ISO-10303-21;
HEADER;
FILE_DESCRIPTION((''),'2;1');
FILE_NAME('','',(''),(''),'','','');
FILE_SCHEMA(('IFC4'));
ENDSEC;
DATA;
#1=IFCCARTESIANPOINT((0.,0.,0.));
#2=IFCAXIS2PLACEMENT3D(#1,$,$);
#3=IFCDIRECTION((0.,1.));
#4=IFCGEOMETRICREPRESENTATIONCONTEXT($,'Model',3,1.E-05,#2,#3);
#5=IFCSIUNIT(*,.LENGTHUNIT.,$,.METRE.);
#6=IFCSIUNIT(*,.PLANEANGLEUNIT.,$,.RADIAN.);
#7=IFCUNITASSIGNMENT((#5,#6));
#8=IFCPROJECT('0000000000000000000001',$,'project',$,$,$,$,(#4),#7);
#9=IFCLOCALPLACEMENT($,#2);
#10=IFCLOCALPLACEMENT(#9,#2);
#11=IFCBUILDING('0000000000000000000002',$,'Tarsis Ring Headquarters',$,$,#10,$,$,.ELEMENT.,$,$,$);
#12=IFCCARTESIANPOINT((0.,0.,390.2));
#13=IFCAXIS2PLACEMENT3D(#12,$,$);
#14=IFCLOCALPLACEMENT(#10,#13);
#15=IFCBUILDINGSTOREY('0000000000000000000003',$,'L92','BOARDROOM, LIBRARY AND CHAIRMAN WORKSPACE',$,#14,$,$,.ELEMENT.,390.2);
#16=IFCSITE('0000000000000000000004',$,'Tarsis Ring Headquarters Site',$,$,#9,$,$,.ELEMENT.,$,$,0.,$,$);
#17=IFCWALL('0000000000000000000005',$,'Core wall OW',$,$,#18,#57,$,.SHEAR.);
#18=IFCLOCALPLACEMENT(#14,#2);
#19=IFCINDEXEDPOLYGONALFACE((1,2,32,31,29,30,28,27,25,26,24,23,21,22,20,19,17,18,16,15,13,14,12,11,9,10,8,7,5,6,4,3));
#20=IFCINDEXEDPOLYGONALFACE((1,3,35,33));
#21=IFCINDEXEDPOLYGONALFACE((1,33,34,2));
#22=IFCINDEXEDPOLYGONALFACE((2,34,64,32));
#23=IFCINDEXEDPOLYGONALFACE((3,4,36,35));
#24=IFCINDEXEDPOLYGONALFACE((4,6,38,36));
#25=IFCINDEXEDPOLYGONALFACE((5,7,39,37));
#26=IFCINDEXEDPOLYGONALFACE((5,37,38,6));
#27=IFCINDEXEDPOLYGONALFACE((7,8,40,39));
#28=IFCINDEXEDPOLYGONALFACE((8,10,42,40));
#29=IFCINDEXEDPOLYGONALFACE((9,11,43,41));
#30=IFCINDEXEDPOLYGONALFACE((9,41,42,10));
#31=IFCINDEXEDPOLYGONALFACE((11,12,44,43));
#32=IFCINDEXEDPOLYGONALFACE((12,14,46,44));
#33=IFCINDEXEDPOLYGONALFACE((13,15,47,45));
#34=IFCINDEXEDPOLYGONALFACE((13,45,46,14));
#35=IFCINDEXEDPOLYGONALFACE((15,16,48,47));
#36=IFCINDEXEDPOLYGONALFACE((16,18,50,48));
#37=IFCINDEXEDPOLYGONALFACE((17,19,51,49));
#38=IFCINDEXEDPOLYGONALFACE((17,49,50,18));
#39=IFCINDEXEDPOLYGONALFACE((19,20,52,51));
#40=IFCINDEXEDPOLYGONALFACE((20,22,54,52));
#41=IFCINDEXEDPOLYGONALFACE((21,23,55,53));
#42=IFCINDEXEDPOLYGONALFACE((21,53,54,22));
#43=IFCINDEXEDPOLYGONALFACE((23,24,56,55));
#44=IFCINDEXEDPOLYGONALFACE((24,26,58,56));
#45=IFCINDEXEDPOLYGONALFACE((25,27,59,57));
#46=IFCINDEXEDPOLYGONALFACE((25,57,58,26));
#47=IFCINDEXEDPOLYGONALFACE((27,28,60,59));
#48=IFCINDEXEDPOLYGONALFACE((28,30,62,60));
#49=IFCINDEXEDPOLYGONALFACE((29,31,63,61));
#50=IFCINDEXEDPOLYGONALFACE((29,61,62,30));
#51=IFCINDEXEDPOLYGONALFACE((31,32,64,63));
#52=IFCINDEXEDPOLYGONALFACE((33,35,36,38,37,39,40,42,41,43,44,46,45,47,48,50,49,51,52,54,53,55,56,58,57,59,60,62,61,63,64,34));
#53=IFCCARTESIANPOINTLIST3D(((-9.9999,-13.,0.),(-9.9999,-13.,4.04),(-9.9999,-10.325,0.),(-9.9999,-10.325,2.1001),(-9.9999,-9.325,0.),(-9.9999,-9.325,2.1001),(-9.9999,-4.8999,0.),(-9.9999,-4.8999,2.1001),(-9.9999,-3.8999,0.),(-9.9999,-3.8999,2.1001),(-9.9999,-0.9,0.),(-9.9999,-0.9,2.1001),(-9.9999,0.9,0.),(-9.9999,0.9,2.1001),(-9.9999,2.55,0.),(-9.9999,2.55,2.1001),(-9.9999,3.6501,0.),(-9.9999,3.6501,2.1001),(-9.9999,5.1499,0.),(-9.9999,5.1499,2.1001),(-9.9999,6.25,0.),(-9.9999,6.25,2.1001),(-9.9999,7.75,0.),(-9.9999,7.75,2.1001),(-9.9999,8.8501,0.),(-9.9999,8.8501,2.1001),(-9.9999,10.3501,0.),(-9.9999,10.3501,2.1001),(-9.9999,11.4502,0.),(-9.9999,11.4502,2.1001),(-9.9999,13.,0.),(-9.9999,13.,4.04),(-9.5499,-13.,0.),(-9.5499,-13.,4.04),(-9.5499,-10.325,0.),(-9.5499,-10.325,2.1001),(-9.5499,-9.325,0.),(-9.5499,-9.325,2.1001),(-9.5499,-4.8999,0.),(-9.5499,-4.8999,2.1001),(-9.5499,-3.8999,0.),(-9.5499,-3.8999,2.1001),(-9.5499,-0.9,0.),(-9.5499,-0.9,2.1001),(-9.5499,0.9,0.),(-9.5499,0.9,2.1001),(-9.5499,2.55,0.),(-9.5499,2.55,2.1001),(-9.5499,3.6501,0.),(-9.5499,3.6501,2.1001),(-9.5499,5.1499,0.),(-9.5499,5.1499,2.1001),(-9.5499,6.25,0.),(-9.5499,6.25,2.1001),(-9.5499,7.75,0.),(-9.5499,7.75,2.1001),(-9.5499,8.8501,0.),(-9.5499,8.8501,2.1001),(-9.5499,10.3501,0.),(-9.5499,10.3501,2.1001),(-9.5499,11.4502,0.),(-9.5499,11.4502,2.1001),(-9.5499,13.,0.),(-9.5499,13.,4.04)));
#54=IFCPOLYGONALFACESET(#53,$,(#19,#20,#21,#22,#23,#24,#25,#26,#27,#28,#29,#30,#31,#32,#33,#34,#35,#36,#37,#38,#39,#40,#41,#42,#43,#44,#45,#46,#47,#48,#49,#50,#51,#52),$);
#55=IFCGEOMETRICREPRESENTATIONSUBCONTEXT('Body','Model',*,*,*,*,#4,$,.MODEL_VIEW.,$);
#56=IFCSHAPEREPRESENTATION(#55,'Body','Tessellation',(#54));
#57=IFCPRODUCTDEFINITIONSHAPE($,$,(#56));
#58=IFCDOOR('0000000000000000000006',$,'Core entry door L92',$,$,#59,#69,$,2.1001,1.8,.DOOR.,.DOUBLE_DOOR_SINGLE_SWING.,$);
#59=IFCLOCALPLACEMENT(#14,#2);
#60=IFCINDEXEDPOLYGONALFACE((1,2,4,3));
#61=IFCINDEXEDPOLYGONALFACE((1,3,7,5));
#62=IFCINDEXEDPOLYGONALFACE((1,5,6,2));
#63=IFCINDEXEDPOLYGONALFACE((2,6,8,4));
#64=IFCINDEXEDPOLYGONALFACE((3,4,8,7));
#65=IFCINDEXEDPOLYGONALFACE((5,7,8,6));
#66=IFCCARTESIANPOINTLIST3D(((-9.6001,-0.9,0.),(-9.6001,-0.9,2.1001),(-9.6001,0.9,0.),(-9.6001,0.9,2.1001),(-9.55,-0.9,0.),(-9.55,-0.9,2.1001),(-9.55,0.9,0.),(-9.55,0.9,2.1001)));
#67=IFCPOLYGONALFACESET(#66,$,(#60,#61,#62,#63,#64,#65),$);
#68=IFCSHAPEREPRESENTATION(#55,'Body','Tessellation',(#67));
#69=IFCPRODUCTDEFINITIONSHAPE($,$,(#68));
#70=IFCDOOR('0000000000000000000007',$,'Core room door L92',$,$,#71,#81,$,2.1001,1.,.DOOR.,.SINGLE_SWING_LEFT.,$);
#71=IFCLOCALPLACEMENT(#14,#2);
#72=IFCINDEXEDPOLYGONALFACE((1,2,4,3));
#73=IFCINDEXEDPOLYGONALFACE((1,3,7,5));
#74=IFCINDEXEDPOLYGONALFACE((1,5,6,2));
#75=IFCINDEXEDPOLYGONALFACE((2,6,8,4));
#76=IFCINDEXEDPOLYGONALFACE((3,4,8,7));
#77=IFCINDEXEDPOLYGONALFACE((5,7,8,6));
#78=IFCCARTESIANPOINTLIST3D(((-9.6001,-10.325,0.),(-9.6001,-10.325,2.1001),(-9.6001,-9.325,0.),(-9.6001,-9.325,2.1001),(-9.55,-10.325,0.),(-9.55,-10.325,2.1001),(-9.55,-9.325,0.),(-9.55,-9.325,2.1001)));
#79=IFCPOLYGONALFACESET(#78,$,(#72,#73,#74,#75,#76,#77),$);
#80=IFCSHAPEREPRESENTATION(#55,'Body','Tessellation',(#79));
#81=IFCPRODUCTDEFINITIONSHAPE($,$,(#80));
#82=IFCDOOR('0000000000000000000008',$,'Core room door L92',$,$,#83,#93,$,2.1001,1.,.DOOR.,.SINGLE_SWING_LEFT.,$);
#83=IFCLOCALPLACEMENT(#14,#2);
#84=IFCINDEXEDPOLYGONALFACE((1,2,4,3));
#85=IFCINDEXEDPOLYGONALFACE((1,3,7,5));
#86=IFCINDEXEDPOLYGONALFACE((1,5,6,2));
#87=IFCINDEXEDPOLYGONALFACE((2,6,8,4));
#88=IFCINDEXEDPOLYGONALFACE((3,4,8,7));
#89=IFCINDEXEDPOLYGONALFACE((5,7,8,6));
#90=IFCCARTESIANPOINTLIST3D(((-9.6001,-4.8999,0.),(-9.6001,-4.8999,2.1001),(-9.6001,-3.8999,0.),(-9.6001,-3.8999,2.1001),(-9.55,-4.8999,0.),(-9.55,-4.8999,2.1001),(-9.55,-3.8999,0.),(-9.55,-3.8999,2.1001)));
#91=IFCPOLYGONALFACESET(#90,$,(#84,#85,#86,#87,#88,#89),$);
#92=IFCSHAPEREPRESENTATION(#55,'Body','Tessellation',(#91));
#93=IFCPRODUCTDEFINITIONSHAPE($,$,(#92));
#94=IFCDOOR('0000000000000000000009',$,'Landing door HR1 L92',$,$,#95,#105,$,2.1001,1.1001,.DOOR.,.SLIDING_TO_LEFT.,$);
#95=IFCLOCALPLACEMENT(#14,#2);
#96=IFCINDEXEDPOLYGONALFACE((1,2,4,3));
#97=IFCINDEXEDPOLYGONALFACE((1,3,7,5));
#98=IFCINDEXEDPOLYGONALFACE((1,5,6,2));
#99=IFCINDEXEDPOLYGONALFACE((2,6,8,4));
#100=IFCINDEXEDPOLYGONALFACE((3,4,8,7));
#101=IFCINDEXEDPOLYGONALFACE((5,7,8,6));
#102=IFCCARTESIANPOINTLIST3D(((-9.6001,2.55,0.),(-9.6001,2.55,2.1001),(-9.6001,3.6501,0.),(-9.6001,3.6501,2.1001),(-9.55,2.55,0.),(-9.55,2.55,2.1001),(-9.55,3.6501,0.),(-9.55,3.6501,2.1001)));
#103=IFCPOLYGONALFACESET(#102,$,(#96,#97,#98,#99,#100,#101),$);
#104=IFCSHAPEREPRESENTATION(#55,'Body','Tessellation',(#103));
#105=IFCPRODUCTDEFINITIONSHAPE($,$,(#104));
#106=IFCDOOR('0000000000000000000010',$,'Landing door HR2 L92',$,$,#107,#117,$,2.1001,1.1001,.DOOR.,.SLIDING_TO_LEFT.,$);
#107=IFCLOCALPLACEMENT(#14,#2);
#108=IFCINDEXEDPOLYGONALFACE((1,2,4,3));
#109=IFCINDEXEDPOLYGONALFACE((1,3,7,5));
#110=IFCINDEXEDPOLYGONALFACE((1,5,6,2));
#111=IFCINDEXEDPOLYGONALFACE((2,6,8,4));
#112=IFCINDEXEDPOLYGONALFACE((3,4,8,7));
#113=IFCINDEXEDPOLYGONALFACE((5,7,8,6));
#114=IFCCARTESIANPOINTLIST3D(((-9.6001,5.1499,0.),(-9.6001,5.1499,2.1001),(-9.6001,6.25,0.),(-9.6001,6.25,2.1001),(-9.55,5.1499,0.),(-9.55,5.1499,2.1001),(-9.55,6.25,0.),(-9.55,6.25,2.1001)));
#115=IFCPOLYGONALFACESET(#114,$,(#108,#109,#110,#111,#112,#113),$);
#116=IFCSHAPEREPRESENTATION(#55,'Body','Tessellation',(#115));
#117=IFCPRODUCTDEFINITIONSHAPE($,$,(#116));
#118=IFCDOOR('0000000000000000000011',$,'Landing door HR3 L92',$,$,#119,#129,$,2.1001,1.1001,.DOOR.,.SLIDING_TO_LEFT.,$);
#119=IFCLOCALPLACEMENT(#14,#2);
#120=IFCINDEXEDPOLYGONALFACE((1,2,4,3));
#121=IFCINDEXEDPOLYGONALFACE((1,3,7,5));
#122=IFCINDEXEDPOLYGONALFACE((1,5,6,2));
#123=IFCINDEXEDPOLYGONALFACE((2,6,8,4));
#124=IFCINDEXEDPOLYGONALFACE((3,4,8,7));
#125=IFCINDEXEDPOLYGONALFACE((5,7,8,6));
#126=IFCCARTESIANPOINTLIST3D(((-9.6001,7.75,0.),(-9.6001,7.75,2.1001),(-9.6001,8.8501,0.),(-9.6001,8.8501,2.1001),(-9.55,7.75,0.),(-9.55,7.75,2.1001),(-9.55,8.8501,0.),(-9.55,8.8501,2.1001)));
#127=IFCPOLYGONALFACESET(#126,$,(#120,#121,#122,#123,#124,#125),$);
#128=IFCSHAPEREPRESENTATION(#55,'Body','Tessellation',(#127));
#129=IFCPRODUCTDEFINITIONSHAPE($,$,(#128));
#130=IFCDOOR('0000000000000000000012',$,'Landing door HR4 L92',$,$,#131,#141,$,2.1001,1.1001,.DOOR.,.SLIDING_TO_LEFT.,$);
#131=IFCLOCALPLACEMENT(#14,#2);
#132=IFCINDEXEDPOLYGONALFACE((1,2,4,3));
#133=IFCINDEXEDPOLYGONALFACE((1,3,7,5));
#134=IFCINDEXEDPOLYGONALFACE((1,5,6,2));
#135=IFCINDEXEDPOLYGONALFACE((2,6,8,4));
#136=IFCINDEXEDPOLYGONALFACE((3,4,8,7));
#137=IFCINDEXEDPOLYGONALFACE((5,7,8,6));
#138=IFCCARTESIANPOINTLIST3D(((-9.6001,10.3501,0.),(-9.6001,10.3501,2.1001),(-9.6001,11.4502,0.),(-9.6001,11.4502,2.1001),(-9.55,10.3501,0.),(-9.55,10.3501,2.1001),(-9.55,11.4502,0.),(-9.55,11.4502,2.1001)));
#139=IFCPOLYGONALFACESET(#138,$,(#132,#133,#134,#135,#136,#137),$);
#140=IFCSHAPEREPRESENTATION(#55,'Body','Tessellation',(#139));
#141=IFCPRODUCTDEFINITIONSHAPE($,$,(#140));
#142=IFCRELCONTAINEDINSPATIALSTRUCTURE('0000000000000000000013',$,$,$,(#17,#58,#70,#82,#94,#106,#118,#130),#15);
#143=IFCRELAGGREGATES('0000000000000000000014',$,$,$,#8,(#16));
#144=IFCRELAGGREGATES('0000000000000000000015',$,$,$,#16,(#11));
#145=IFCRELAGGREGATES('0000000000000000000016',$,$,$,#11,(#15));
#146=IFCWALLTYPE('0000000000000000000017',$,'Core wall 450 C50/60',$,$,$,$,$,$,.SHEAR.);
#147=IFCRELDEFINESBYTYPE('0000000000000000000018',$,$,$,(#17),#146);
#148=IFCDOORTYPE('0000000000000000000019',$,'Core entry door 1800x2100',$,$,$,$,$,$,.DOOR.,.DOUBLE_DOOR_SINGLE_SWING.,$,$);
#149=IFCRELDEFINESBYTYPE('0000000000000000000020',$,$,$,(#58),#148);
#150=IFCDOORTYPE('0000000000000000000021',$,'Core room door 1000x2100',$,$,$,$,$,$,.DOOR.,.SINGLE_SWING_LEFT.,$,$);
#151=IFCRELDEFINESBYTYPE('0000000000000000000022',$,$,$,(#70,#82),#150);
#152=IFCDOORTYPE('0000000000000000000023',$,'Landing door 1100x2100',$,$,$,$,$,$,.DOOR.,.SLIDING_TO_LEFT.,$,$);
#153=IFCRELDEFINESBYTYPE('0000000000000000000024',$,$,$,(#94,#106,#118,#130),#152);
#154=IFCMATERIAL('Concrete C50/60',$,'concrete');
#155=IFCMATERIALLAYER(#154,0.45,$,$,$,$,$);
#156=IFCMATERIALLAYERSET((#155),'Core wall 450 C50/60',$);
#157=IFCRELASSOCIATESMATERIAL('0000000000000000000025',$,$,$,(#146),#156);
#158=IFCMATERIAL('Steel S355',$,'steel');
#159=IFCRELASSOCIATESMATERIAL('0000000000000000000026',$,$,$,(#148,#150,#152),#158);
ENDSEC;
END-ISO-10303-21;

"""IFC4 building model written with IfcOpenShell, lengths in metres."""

from ifc_helpers import new_model, si_unit, direction, frame, frame_2d, origin, place, context, subcontext, project, spatial, rectangle, extrude, material, layer, layer_set, type_object, element, fill, save


model = new_model("IFC4")

# Units and contexts
model_context = context("Model", 3, precision=1e-05, world=origin(), true_north=direction((0.0, 1.0)))
body_context = subcontext(model_context, "Body", "Model", "MODEL_VIEW")
ifc_project = project(units=[si_unit("LENGTHUNIT", "METRE"), si_unit("PLANEANGLEUNIT", "RADIAN")], contexts=[model_context])

# Site, building, storey
site_placement = place(None, origin())
site = spatial("IfcSite", under=ifc_project, at=site_placement, Name="Tarsis Ring Headquarters Site", CompositionType="ELEMENT", RefElevation=0.0)
building_placement = place(site_placement, origin())
building = spatial("IfcBuilding", under=site, at=building_placement, Name="Tarsis Ring Headquarters", CompositionType="ELEMENT")
storey_placement = place(building_placement, frame((0.0, 0.0, 390.2)))
storey = spatial("IfcBuildingStorey", under=building, at=storey_placement, Name="L92", Description="BOARDROOM, LIBRARY AND CHAIRMAN WORKSPACE", CompositionType="ELEMENT", Elevation=390.2)

# Wall, openings, doors
ifc_material_1 = material(Name="Concrete C50/60", Category="concrete")
ifc_layer_1 = layer(ifc_material_1, 0.45)
ifc_layer_set_1 = layer_set([ifc_layer_1], Name="Core wall 450 C50/60")
wall_type_1 = type_object("IfcWallType", Name="Core wall 450 C50/60", PredefinedType="SHEAR", material=ifc_layer_set_1)
wall_1_placement = place(storey_placement, frame((-9.7749, -13.0, 0.0), z_axis=(0.0, 0.0, 1.0), x_axis=(0.0, 1.0, 0.0)))
wall_1 = element("IfcWall", 1, at=wall_1_placement, inside=storey, type_object=wall_type_1, Name="Core wall OW", PredefinedType="SHEAR", context=body_context, shape_type="SweptSolid", body=[
    extrude(rectangle(XDim=26.0, YDim=0.45, at=frame_2d((13.0, 0.0))), origin(), (0.0, 0.0, 1.0), 4.04),
])
opening_1_placement = place(wall_1_placement, frame((2.675, 0.0, 0.0)))
opening_1 = element("IfcOpeningElement", 2, at=opening_1_placement, cuts=wall_1, PredefinedType="OPENING", context=body_context, shape_type="SweptSolid", body=[
    extrude(rectangle(XDim=1.0, YDim=2.1001, at=frame_2d((0.5, 1.05))), frame((0.0, 0.2349, 0.0), z_axis=(0.0, -1.0, 0.0), x_axis=(1.0, 0.0, 0.0)), (0.0, 0.0, 1.0), 0.47),
])
opening_2_placement = place(wall_1_placement, frame((8.1001, 0.0, 0.0)))
opening_2 = element("IfcOpeningElement", 3, at=opening_2_placement, cuts=wall_1, PredefinedType="OPENING", context=body_context, shape_type="SweptSolid", body=[
    extrude(rectangle(XDim=1.0, YDim=2.1001, at=frame_2d((0.5, 1.05))), frame((0.0, 0.2349, 0.0), z_axis=(0.0, -1.0, 0.0), x_axis=(1.0, 0.0, 0.0)), (0.0, 0.0, 1.0), 0.47),
])
opening_3_placement = place(wall_1_placement, frame((12.1001, 0.0, 0.0)))
opening_3 = element("IfcOpeningElement", 4, at=opening_3_placement, cuts=wall_1, PredefinedType="OPENING", context=body_context, shape_type="SweptSolid", body=[
    extrude(rectangle(XDim=1.8, YDim=2.1001, at=frame_2d((0.8999, 1.05))), frame((0.0, 0.2349, 0.0), z_axis=(0.0, -1.0, 0.0), x_axis=(1.0, 0.0, 0.0)), (0.0, 0.0, 1.0), 0.47),
])
opening_4_placement = place(wall_1_placement, frame((15.55, 0.0, 0.0)))
opening_4 = element("IfcOpeningElement", 5, at=opening_4_placement, cuts=wall_1, PredefinedType="OPENING", context=body_context, shape_type="SweptSolid", body=[
    extrude(rectangle(XDim=1.1001, YDim=2.1001, at=frame_2d((0.55, 1.05))), frame((0.0, 0.2349, 0.0), z_axis=(0.0, -1.0, 0.0), x_axis=(1.0, 0.0, 0.0)), (0.0, 0.0, 1.0), 0.47),
])
opening_5_placement = place(wall_1_placement, frame((18.1499, 0.0, 0.0)))
opening_5 = element("IfcOpeningElement", 6, at=opening_5_placement, cuts=wall_1, PredefinedType="OPENING", context=body_context, shape_type="SweptSolid", body=[
    extrude(rectangle(XDim=1.1001, YDim=2.1001, at=frame_2d((0.55, 1.05))), frame((0.0, 0.2349, 0.0), z_axis=(0.0, -1.0, 0.0), x_axis=(1.0, 0.0, 0.0)), (0.0, 0.0, 1.0), 0.47),
])
opening_6_placement = place(wall_1_placement, frame((20.75, 0.0, 0.0)))
opening_6 = element("IfcOpeningElement", 7, at=opening_6_placement, cuts=wall_1, PredefinedType="OPENING", context=body_context, shape_type="SweptSolid", body=[
    extrude(rectangle(XDim=1.1001, YDim=2.1001, at=frame_2d((0.55, 1.05))), frame((0.0, 0.2349, 0.0), z_axis=(0.0, -1.0, 0.0), x_axis=(1.0, 0.0, 0.0)), (0.0, 0.0, 1.0), 0.47),
])
opening_7_placement = place(wall_1_placement, frame((23.3501, 0.0, 0.0)))
opening_7 = element("IfcOpeningElement", 8, at=opening_7_placement, cuts=wall_1, PredefinedType="OPENING", context=body_context, shape_type="SweptSolid", body=[
    extrude(rectangle(XDim=1.1001, YDim=2.1001, at=frame_2d((0.55, 1.05))), frame((0.0, 0.2349, 0.0), z_axis=(0.0, -1.0, 0.0), x_axis=(1.0, 0.0, 0.0)), (0.0, 0.0, 1.0), 0.47),
])
ifc_material_2 = material(Name="Steel S355", Category="steel")
door_type_1 = type_object("IfcDoorType", Name="Core entry door 1800x2100", OperationType="DOUBLE_DOOR_SINGLE_SWING", PredefinedType="DOOR", material=ifc_material_2)
door_1_placement = place(opening_3_placement, origin())
door_1 = element("IfcDoor", 9, at=door_1_placement, inside=storey, type_object=door_type_1, Name="Core entry door L92", OperationType="DOUBLE_DOOR_SINGLE_SWING", OverallHeight=2.1001, OverallWidth=1.8, PredefinedType="DOOR", context=body_context, shape_type="SweptSolid", body=[
    extrude(rectangle(XDim=1.8, YDim=2.1001, at=frame_2d((0.8999, 1.05))), frame((0.0, -0.1748, 0.0), z_axis=(0.0, -1.0, 0.0), x_axis=(1.0, 0.0, 0.0)), (0.0, 0.0, 1.0), 0.05),
])
fill(opening_3, door_1)
door_type_2 = type_object("IfcDoorType", Name="Core room door 1000x2100", OperationType="SINGLE_SWING_LEFT", PredefinedType="DOOR", material=ifc_material_2)
door_2_placement = place(opening_1_placement, origin())
door_2 = element("IfcDoor", 10, at=door_2_placement, inside=storey, type_object=door_type_2, Name="Core room door L92", OperationType="SINGLE_SWING_LEFT", OverallHeight=2.1001, OverallWidth=1.0, PredefinedType="DOOR", context=body_context, shape_type="SweptSolid", body=[
    extrude(rectangle(XDim=1.0, YDim=2.1001, at=frame_2d((0.5, 1.05))), frame((0.0, -0.1748, 0.0), z_axis=(0.0, -1.0, 0.0), x_axis=(1.0, 0.0, 0.0)), (0.0, 0.0, 1.0), 0.05),
])
fill(opening_1, door_2)
door_3_placement = place(opening_2_placement, origin())
door_3 = element("IfcDoor", 11, at=door_3_placement, inside=storey, type_object=door_type_2, Name="Core room door L92", OperationType="SINGLE_SWING_LEFT", OverallHeight=2.1001, OverallWidth=1.0, PredefinedType="DOOR", context=body_context, shape_type="SweptSolid", body=[
    extrude(rectangle(XDim=1.0, YDim=2.1001, at=frame_2d((0.5, 1.05))), frame((0.0, -0.1748, 0.0), z_axis=(0.0, -1.0, 0.0), x_axis=(1.0, 0.0, 0.0)), (0.0, 0.0, 1.0), 0.05),
])
fill(opening_2, door_3)
door_type_3 = type_object("IfcDoorType", Name="Landing door 1100x2100", OperationType="SLIDING_TO_LEFT", PredefinedType="DOOR", material=ifc_material_2)
door_4_placement = place(opening_4_placement, origin())
door_4 = element("IfcDoor", 12, at=door_4_placement, inside=storey, type_object=door_type_3, Name="Landing door HR1 L92", OperationType="SLIDING_TO_LEFT", OverallHeight=2.1001, OverallWidth=1.1001, PredefinedType="DOOR", context=body_context, shape_type="SweptSolid", body=[
    extrude(rectangle(XDim=1.1001, YDim=2.1001, at=frame_2d((0.55, 1.05))), frame((0.0, -0.1748, 0.0), z_axis=(0.0, -1.0, 0.0), x_axis=(1.0, 0.0, 0.0)), (0.0, 0.0, 1.0), 0.05),
])
fill(opening_4, door_4)
door_5_placement = place(opening_5_placement, origin())
door_5 = element("IfcDoor", 13, at=door_5_placement, inside=storey, type_object=door_type_3, Name="Landing door HR2 L92", OperationType="SLIDING_TO_LEFT", OverallHeight=2.1001, OverallWidth=1.1001, PredefinedType="DOOR", context=body_context, shape_type="SweptSolid", body=[
    extrude(rectangle(XDim=1.1001, YDim=2.1001, at=frame_2d((0.55, 1.05))), frame((0.0, -0.1748, 0.0), z_axis=(0.0, -1.0, 0.0), x_axis=(1.0, 0.0, 0.0)), (0.0, 0.0, 1.0), 0.05),
])
fill(opening_5, door_5)
door_6_placement = place(opening_6_placement, origin())
door_6 = element("IfcDoor", 14, at=door_6_placement, inside=storey, type_object=door_type_3, Name="Landing door HR3 L92", OperationType="SLIDING_TO_LEFT", OverallHeight=2.1001, OverallWidth=1.1001, PredefinedType="DOOR", context=body_context, shape_type="SweptSolid", body=[
    extrude(rectangle(XDim=1.1001, YDim=2.1001, at=frame_2d((0.55, 1.05))), frame((0.0, -0.1748, 0.0), z_axis=(0.0, -1.0, 0.0), x_axis=(1.0, 0.0, 0.0)), (0.0, 0.0, 1.0), 0.05),
])
fill(opening_6, door_6)
door_7_placement = place(opening_7_placement, origin())
door_7 = element("IfcDoor", 15, at=door_7_placement, inside=storey, type_object=door_type_3, Name="Landing door HR4 L92", OperationType="SLIDING_TO_LEFT", OverallHeight=2.1001, OverallWidth=1.1001, PredefinedType="DOOR", context=body_context, shape_type="SweptSolid", body=[
    extrude(rectangle(XDim=1.1001, YDim=2.1001, at=frame_2d((0.55, 1.05))), frame((0.0, -0.1748, 0.0), z_axis=(0.0, -1.0, 0.0), x_axis=(1.0, 0.0, 0.0)), (0.0, 0.0, 1.0), 0.05),
])
fill(opening_7, door_7)

save(model, "model.ifc")
